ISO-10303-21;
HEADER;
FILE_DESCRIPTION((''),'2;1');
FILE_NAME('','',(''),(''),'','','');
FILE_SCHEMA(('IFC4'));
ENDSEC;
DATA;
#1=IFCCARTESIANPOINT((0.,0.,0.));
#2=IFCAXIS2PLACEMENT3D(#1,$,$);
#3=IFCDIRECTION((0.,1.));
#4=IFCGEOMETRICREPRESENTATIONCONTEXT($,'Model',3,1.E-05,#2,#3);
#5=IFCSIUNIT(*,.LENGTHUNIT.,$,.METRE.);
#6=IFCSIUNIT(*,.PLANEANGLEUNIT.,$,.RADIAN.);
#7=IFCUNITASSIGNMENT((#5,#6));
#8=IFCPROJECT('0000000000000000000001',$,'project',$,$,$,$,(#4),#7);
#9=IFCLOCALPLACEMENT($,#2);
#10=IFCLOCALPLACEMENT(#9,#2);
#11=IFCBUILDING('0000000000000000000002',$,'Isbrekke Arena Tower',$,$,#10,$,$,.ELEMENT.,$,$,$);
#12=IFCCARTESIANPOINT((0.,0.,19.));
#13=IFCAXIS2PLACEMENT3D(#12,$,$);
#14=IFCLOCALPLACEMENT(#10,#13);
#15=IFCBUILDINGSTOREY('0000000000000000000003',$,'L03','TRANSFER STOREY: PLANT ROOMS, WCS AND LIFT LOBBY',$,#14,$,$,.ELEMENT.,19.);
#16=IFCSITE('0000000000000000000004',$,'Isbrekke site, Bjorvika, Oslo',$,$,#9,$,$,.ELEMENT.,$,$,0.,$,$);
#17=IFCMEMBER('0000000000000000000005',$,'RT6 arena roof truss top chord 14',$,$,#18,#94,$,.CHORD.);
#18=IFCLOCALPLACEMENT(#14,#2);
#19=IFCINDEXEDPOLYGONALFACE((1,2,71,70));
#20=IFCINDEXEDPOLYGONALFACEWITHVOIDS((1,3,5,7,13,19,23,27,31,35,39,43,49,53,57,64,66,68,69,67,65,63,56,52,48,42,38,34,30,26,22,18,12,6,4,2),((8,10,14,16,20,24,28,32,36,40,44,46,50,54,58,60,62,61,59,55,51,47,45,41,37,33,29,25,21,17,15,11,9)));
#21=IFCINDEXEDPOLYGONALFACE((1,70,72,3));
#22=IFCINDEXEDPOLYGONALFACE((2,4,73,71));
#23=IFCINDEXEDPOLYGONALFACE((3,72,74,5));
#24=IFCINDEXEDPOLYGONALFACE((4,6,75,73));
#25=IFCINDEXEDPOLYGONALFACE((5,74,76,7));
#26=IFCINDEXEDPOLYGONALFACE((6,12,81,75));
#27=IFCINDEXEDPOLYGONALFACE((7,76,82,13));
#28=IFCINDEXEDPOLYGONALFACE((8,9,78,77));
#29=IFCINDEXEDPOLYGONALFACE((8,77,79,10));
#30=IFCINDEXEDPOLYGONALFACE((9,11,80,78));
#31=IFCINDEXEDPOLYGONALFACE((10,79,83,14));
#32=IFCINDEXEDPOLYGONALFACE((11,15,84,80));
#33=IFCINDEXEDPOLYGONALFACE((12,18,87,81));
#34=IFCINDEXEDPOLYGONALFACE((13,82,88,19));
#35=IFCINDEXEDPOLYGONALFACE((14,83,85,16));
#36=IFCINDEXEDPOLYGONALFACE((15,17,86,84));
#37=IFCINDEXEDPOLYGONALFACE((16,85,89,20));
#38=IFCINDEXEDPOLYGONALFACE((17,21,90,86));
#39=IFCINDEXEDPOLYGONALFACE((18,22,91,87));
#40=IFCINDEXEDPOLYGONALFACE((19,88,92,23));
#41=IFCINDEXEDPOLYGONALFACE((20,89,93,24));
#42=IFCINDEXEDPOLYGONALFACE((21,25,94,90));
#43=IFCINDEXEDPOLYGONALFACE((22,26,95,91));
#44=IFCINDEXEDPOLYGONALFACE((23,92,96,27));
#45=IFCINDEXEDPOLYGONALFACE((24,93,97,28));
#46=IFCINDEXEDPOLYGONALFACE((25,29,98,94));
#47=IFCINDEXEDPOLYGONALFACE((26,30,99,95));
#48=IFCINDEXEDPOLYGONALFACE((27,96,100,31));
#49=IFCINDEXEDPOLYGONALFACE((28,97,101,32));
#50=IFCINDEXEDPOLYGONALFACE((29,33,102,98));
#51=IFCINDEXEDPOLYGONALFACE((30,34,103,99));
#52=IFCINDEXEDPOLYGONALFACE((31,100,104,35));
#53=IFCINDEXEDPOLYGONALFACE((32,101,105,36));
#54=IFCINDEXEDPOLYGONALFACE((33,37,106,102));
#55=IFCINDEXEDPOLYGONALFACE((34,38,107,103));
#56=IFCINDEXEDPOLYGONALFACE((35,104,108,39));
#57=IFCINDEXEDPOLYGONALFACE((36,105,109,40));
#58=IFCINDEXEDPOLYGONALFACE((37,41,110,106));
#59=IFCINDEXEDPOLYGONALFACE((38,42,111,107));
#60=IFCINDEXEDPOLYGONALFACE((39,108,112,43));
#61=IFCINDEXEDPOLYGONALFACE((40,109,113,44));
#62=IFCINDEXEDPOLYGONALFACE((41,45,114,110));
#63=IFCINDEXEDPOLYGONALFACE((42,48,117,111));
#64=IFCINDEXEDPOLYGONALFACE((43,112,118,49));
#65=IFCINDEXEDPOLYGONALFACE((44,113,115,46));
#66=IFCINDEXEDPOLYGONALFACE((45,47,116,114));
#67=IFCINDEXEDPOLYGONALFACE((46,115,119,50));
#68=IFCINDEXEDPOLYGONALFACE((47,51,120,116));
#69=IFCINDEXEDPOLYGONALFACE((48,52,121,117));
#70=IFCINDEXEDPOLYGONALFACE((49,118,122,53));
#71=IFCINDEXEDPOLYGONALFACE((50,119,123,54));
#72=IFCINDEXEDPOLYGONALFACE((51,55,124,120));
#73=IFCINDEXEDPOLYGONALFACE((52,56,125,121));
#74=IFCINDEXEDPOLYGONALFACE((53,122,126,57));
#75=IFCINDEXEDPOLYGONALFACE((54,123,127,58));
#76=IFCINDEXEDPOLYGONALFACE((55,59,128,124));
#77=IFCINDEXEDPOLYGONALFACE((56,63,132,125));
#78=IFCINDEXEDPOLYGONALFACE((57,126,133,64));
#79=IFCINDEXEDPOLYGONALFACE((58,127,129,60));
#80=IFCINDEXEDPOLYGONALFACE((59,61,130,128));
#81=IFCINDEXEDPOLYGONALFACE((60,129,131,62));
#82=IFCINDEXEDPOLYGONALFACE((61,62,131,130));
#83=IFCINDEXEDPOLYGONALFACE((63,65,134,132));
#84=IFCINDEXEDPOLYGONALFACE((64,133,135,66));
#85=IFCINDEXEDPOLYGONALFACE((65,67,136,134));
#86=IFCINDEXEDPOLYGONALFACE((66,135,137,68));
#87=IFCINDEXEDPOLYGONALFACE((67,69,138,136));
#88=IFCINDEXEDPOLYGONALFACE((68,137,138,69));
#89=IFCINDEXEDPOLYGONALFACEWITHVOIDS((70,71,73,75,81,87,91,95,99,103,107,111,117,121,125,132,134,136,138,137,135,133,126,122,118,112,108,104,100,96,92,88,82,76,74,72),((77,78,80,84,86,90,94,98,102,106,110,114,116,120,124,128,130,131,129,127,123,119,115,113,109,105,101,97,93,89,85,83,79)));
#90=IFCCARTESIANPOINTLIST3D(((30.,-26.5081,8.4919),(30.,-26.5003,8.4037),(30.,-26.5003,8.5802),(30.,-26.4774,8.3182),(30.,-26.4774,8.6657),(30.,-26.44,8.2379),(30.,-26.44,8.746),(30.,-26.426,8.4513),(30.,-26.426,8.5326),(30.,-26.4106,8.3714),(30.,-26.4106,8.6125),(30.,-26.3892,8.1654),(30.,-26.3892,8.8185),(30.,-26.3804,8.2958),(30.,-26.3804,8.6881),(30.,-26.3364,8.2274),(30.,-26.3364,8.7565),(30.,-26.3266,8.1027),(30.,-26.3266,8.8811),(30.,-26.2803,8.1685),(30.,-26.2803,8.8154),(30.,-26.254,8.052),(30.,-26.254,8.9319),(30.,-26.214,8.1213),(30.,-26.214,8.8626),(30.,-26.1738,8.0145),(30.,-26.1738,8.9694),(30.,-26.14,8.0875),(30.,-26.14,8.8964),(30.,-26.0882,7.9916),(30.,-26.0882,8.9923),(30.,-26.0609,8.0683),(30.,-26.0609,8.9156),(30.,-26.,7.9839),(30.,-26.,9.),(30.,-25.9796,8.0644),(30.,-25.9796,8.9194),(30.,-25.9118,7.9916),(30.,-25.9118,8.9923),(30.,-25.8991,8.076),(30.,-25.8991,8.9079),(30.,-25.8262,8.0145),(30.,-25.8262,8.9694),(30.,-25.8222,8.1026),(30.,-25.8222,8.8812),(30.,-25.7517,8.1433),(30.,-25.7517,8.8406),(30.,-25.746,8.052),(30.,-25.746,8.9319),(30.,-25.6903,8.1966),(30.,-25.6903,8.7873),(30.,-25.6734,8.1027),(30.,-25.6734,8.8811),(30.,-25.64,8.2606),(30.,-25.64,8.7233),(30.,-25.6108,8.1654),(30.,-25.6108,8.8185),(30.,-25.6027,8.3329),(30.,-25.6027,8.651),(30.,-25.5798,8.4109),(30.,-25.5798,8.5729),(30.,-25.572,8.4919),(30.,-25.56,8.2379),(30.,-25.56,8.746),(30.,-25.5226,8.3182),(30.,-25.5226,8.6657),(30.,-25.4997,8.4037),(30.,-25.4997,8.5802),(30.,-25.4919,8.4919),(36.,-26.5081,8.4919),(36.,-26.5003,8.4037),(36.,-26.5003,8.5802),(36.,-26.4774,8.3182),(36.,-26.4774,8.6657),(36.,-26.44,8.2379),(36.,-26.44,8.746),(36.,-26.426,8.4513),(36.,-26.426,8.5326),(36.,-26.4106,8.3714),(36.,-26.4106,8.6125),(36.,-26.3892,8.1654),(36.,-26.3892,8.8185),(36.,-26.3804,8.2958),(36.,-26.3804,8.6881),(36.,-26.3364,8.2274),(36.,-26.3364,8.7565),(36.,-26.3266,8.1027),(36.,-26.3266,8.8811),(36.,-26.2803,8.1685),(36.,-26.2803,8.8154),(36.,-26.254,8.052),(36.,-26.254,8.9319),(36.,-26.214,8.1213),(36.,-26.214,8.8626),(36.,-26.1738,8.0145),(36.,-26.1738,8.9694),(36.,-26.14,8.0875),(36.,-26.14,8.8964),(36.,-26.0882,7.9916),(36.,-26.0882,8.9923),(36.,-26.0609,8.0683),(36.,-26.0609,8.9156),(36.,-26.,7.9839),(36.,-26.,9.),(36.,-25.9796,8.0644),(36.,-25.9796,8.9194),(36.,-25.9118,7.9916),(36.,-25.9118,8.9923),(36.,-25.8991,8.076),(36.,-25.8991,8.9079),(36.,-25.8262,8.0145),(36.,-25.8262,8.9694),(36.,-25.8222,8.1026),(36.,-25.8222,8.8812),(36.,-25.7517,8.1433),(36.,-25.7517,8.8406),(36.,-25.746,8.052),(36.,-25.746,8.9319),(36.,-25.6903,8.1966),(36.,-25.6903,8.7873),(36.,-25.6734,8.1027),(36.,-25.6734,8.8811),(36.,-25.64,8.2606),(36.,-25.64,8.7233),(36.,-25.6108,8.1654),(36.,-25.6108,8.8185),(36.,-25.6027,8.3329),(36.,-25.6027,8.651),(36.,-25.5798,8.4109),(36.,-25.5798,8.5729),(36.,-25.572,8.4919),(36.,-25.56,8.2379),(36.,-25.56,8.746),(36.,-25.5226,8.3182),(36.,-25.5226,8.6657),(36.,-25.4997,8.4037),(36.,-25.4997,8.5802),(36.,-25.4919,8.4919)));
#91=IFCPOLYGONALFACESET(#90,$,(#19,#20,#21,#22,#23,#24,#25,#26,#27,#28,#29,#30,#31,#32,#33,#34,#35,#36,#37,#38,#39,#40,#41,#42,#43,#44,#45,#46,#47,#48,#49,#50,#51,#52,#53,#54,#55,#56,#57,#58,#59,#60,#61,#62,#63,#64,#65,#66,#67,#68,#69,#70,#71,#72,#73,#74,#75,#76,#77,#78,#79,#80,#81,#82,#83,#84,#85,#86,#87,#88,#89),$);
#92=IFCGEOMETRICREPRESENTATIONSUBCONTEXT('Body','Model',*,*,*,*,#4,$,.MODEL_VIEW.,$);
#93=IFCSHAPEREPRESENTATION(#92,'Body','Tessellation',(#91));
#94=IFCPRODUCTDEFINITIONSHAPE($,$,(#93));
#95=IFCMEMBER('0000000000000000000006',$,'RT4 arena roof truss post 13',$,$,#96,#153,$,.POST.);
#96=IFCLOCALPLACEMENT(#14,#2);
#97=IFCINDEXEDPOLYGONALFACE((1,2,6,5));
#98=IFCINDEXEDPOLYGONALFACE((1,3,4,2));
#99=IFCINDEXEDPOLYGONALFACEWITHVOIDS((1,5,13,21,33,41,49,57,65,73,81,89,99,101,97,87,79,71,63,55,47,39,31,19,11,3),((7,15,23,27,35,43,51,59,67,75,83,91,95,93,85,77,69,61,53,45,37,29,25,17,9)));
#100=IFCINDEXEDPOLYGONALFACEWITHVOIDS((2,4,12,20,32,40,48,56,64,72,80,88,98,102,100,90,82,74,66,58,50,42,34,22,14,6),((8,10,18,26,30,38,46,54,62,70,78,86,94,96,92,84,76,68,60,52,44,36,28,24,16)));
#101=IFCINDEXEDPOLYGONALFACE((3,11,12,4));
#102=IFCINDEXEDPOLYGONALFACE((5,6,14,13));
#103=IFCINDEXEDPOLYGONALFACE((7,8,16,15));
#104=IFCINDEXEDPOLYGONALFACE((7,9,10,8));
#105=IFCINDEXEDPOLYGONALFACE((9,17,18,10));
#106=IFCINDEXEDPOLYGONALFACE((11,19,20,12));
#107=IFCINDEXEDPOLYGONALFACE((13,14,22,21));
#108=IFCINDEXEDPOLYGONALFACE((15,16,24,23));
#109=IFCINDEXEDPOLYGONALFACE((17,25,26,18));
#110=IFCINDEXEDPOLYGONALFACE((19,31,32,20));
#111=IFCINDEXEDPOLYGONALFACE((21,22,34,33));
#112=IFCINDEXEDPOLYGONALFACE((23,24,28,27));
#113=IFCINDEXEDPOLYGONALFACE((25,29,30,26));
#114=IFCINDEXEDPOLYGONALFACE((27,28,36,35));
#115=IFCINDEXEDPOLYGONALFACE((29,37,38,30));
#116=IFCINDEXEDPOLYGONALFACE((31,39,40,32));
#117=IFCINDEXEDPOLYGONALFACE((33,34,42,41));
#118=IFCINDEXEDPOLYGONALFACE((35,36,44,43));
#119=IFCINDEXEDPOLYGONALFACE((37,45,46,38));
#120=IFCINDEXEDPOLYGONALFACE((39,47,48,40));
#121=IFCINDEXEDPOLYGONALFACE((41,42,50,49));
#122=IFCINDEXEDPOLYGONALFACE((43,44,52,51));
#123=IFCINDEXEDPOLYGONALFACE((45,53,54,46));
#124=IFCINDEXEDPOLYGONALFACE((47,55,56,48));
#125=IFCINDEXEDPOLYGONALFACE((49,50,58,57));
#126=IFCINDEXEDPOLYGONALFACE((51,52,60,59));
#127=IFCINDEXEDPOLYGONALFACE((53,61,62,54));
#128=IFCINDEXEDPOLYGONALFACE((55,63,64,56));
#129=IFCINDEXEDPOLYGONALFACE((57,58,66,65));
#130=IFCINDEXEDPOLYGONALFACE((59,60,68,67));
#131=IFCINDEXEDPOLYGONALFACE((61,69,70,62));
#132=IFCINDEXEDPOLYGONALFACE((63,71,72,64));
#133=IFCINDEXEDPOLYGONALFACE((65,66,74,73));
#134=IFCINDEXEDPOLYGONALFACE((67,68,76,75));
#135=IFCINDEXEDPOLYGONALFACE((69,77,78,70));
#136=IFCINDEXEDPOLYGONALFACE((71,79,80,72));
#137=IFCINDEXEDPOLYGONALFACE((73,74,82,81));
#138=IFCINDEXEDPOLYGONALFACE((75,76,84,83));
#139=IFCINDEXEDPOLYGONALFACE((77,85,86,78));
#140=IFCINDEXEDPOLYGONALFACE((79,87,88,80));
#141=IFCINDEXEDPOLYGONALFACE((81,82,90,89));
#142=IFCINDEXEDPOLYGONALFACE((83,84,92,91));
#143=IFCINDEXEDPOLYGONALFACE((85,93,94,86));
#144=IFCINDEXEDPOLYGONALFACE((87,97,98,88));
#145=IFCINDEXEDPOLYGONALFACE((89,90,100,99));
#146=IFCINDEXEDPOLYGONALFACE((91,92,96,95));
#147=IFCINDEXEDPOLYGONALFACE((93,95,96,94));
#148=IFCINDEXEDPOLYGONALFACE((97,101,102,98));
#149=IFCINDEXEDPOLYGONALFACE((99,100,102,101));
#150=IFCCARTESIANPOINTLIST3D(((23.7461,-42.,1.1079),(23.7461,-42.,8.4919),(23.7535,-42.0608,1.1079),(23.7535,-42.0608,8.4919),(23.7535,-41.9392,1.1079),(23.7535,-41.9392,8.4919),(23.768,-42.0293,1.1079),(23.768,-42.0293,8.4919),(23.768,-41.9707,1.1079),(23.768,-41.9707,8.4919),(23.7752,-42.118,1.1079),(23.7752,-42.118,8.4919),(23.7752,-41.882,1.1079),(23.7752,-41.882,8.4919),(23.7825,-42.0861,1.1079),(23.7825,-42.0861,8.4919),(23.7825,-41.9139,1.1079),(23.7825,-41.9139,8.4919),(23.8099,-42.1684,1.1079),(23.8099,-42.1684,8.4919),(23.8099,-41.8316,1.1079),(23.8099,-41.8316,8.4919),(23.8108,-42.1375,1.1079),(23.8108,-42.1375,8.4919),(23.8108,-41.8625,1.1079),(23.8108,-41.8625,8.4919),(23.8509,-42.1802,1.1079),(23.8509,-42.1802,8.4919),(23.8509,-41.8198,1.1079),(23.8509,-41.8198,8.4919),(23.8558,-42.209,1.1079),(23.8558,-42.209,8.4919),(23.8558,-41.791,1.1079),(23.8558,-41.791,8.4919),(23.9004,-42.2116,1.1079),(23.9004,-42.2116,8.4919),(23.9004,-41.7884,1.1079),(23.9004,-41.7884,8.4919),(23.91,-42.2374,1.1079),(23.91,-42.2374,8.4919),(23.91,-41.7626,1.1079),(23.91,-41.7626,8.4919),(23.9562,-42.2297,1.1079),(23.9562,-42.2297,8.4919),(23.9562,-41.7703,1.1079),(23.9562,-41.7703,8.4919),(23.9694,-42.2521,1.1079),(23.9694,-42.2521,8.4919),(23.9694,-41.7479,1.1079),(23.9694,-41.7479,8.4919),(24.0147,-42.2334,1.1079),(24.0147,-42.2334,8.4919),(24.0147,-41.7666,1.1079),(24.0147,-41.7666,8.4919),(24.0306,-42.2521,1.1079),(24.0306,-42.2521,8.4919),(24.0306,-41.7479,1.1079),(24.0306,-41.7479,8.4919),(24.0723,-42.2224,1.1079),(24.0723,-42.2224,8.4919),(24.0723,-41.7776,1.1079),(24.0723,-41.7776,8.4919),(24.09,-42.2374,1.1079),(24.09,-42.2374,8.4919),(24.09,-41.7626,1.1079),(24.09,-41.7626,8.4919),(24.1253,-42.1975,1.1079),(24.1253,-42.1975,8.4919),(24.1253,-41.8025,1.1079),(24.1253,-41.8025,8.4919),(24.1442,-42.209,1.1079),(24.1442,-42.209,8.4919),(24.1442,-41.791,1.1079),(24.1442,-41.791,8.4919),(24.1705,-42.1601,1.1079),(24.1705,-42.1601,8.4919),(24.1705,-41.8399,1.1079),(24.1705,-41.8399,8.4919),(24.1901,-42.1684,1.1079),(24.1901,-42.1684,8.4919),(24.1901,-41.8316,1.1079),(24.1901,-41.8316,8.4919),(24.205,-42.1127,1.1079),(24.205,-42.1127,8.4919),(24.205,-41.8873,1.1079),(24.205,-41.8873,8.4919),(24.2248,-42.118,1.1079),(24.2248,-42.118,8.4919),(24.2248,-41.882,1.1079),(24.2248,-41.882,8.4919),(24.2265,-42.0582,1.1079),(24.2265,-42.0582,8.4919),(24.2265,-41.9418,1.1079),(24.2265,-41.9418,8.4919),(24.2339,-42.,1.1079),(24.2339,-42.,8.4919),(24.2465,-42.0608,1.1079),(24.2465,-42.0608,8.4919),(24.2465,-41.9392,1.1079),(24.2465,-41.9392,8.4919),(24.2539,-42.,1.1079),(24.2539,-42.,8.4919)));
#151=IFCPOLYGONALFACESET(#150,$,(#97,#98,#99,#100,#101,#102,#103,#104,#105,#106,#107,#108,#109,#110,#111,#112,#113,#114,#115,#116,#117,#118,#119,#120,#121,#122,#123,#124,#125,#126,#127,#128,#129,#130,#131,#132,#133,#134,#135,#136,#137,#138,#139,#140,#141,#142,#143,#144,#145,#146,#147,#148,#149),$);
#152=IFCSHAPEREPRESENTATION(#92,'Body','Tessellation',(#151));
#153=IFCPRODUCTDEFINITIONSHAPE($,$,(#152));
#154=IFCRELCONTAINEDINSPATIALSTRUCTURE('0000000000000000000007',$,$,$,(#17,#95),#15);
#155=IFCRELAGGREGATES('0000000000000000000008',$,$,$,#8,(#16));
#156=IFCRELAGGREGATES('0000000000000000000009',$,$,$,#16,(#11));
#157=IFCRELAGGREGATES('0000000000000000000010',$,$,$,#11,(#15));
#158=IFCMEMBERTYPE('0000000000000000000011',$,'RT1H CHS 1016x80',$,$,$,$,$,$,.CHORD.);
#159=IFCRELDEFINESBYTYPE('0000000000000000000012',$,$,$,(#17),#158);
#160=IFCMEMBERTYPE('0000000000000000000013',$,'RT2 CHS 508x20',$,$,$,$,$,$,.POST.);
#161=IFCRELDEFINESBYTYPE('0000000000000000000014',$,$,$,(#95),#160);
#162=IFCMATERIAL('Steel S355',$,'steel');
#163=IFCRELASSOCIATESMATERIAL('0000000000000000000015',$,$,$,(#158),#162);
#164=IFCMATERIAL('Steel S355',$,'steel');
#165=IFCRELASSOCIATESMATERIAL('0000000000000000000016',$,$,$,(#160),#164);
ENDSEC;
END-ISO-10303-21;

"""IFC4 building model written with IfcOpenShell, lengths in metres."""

from ifc_helpers import new_model, si_unit, direction, frame, origin, origin_2d, place, context, subcontext, project, spatial, hollow_circle, extrude, material, material_profile, profile_set, type_object, element, save


model = new_model("IFC4")

# Units and contexts
model_context = context("Model", 3, precision=1e-05, world=origin(), true_north=direction((0.0, 1.0)))
body_context = subcontext(model_context, "Body", "Model", "MODEL_VIEW")
ifc_project = project(units=[si_unit("LENGTHUNIT", "METRE"), si_unit("PLANEANGLEUNIT", "RADIAN")], contexts=[model_context])

# Site, building, storey
site_placement = place(None, origin())
site = spatial("IfcSite", under=ifc_project, at=site_placement, Name="Isbrekke site, Bjorvika, Oslo", CompositionType="ELEMENT", RefElevation=0.0)
building_placement = place(site_placement, origin())
building = spatial("IfcBuilding", under=site, at=building_placement, Name="Isbrekke Arena Tower", CompositionType="ELEMENT")
storey_placement = place(building_placement, frame((0.0, 0.0, 19.0)))
storey = spatial("IfcBuildingStorey", under=building, at=storey_placement, Name="L03", Description="TRANSFER STOREY: PLANT ROOMS, WCS AND LIFT LOBBY", CompositionType="ELEMENT", Elevation=19.0)

# Members
ifc_material_1 = material(Name="Steel S355", Category="steel")
ifc_material_profile_1 = material_profile(ifc_material_1, hollow_circle(Radius=0.5081, WallThickness=0.0801, at=origin_2d()), Name="CHS 1016x80")
ifc_profile_set_1 = profile_set([ifc_material_profile_1], Name="Steel S355")
member_type_1 = type_object("IfcMemberType", Name="RT1H CHS 1016x80", PredefinedType="CHORD", material=ifc_profile_set_1)
for number, where, z_axis, x_axis, name in (
    (1, (30.0, -26.0, 8.4919), (1.0, 0.0, 0.0), (0.0, 1.0, 0.0), "RT6 arena roof truss top chord 14"),
):
    element("IfcMember", number, at=place(storey_placement, frame(where, z_axis=z_axis, x_axis=x_axis)), inside=storey, type_object=member_type_1, Name=name, PredefinedType="CHORD", context=body_context, shape_type="SweptSolid", body=[
        extrude(hollow_circle(Radius=0.5081, WallThickness=0.0801, at=origin_2d()), origin(), (0.0, 0.0, 1.0), 6.0),
    ])
ifc_material_2 = material(Name="Steel S355", Category="steel")
ifc_material_profile_2 = material_profile(ifc_material_2, hollow_circle(Radius=0.2539, WallThickness=0.02, at=origin_2d()), Name="CHS 508x20")
ifc_profile_set_2 = profile_set([ifc_material_profile_2], Name="Steel S355")
member_type_2 = type_object("IfcMemberType", Name="RT2 CHS 508x20", PredefinedType="POST", material=ifc_profile_set_2)
for number, where, z_axis, x_axis, name in (
    (2, (24.0, -42.0, 1.1079), (0.0, 0.0, 1.0), (1.0, 0.0, 0.0), "RT4 arena roof truss post 13"),
):
    element("IfcMember", number, at=place(storey_placement, frame(where, z_axis=z_axis, x_axis=x_axis)), inside=storey, type_object=member_type_2, Name=name, PredefinedType="POST", context=body_context, shape_type="SweptSolid", body=[
        extrude(hollow_circle(Radius=0.2539, WallThickness=0.02, at=origin_2d()), origin(), (0.0, 0.0, 1.0), 7.384),
    ])

save(model, "model.ifc")
